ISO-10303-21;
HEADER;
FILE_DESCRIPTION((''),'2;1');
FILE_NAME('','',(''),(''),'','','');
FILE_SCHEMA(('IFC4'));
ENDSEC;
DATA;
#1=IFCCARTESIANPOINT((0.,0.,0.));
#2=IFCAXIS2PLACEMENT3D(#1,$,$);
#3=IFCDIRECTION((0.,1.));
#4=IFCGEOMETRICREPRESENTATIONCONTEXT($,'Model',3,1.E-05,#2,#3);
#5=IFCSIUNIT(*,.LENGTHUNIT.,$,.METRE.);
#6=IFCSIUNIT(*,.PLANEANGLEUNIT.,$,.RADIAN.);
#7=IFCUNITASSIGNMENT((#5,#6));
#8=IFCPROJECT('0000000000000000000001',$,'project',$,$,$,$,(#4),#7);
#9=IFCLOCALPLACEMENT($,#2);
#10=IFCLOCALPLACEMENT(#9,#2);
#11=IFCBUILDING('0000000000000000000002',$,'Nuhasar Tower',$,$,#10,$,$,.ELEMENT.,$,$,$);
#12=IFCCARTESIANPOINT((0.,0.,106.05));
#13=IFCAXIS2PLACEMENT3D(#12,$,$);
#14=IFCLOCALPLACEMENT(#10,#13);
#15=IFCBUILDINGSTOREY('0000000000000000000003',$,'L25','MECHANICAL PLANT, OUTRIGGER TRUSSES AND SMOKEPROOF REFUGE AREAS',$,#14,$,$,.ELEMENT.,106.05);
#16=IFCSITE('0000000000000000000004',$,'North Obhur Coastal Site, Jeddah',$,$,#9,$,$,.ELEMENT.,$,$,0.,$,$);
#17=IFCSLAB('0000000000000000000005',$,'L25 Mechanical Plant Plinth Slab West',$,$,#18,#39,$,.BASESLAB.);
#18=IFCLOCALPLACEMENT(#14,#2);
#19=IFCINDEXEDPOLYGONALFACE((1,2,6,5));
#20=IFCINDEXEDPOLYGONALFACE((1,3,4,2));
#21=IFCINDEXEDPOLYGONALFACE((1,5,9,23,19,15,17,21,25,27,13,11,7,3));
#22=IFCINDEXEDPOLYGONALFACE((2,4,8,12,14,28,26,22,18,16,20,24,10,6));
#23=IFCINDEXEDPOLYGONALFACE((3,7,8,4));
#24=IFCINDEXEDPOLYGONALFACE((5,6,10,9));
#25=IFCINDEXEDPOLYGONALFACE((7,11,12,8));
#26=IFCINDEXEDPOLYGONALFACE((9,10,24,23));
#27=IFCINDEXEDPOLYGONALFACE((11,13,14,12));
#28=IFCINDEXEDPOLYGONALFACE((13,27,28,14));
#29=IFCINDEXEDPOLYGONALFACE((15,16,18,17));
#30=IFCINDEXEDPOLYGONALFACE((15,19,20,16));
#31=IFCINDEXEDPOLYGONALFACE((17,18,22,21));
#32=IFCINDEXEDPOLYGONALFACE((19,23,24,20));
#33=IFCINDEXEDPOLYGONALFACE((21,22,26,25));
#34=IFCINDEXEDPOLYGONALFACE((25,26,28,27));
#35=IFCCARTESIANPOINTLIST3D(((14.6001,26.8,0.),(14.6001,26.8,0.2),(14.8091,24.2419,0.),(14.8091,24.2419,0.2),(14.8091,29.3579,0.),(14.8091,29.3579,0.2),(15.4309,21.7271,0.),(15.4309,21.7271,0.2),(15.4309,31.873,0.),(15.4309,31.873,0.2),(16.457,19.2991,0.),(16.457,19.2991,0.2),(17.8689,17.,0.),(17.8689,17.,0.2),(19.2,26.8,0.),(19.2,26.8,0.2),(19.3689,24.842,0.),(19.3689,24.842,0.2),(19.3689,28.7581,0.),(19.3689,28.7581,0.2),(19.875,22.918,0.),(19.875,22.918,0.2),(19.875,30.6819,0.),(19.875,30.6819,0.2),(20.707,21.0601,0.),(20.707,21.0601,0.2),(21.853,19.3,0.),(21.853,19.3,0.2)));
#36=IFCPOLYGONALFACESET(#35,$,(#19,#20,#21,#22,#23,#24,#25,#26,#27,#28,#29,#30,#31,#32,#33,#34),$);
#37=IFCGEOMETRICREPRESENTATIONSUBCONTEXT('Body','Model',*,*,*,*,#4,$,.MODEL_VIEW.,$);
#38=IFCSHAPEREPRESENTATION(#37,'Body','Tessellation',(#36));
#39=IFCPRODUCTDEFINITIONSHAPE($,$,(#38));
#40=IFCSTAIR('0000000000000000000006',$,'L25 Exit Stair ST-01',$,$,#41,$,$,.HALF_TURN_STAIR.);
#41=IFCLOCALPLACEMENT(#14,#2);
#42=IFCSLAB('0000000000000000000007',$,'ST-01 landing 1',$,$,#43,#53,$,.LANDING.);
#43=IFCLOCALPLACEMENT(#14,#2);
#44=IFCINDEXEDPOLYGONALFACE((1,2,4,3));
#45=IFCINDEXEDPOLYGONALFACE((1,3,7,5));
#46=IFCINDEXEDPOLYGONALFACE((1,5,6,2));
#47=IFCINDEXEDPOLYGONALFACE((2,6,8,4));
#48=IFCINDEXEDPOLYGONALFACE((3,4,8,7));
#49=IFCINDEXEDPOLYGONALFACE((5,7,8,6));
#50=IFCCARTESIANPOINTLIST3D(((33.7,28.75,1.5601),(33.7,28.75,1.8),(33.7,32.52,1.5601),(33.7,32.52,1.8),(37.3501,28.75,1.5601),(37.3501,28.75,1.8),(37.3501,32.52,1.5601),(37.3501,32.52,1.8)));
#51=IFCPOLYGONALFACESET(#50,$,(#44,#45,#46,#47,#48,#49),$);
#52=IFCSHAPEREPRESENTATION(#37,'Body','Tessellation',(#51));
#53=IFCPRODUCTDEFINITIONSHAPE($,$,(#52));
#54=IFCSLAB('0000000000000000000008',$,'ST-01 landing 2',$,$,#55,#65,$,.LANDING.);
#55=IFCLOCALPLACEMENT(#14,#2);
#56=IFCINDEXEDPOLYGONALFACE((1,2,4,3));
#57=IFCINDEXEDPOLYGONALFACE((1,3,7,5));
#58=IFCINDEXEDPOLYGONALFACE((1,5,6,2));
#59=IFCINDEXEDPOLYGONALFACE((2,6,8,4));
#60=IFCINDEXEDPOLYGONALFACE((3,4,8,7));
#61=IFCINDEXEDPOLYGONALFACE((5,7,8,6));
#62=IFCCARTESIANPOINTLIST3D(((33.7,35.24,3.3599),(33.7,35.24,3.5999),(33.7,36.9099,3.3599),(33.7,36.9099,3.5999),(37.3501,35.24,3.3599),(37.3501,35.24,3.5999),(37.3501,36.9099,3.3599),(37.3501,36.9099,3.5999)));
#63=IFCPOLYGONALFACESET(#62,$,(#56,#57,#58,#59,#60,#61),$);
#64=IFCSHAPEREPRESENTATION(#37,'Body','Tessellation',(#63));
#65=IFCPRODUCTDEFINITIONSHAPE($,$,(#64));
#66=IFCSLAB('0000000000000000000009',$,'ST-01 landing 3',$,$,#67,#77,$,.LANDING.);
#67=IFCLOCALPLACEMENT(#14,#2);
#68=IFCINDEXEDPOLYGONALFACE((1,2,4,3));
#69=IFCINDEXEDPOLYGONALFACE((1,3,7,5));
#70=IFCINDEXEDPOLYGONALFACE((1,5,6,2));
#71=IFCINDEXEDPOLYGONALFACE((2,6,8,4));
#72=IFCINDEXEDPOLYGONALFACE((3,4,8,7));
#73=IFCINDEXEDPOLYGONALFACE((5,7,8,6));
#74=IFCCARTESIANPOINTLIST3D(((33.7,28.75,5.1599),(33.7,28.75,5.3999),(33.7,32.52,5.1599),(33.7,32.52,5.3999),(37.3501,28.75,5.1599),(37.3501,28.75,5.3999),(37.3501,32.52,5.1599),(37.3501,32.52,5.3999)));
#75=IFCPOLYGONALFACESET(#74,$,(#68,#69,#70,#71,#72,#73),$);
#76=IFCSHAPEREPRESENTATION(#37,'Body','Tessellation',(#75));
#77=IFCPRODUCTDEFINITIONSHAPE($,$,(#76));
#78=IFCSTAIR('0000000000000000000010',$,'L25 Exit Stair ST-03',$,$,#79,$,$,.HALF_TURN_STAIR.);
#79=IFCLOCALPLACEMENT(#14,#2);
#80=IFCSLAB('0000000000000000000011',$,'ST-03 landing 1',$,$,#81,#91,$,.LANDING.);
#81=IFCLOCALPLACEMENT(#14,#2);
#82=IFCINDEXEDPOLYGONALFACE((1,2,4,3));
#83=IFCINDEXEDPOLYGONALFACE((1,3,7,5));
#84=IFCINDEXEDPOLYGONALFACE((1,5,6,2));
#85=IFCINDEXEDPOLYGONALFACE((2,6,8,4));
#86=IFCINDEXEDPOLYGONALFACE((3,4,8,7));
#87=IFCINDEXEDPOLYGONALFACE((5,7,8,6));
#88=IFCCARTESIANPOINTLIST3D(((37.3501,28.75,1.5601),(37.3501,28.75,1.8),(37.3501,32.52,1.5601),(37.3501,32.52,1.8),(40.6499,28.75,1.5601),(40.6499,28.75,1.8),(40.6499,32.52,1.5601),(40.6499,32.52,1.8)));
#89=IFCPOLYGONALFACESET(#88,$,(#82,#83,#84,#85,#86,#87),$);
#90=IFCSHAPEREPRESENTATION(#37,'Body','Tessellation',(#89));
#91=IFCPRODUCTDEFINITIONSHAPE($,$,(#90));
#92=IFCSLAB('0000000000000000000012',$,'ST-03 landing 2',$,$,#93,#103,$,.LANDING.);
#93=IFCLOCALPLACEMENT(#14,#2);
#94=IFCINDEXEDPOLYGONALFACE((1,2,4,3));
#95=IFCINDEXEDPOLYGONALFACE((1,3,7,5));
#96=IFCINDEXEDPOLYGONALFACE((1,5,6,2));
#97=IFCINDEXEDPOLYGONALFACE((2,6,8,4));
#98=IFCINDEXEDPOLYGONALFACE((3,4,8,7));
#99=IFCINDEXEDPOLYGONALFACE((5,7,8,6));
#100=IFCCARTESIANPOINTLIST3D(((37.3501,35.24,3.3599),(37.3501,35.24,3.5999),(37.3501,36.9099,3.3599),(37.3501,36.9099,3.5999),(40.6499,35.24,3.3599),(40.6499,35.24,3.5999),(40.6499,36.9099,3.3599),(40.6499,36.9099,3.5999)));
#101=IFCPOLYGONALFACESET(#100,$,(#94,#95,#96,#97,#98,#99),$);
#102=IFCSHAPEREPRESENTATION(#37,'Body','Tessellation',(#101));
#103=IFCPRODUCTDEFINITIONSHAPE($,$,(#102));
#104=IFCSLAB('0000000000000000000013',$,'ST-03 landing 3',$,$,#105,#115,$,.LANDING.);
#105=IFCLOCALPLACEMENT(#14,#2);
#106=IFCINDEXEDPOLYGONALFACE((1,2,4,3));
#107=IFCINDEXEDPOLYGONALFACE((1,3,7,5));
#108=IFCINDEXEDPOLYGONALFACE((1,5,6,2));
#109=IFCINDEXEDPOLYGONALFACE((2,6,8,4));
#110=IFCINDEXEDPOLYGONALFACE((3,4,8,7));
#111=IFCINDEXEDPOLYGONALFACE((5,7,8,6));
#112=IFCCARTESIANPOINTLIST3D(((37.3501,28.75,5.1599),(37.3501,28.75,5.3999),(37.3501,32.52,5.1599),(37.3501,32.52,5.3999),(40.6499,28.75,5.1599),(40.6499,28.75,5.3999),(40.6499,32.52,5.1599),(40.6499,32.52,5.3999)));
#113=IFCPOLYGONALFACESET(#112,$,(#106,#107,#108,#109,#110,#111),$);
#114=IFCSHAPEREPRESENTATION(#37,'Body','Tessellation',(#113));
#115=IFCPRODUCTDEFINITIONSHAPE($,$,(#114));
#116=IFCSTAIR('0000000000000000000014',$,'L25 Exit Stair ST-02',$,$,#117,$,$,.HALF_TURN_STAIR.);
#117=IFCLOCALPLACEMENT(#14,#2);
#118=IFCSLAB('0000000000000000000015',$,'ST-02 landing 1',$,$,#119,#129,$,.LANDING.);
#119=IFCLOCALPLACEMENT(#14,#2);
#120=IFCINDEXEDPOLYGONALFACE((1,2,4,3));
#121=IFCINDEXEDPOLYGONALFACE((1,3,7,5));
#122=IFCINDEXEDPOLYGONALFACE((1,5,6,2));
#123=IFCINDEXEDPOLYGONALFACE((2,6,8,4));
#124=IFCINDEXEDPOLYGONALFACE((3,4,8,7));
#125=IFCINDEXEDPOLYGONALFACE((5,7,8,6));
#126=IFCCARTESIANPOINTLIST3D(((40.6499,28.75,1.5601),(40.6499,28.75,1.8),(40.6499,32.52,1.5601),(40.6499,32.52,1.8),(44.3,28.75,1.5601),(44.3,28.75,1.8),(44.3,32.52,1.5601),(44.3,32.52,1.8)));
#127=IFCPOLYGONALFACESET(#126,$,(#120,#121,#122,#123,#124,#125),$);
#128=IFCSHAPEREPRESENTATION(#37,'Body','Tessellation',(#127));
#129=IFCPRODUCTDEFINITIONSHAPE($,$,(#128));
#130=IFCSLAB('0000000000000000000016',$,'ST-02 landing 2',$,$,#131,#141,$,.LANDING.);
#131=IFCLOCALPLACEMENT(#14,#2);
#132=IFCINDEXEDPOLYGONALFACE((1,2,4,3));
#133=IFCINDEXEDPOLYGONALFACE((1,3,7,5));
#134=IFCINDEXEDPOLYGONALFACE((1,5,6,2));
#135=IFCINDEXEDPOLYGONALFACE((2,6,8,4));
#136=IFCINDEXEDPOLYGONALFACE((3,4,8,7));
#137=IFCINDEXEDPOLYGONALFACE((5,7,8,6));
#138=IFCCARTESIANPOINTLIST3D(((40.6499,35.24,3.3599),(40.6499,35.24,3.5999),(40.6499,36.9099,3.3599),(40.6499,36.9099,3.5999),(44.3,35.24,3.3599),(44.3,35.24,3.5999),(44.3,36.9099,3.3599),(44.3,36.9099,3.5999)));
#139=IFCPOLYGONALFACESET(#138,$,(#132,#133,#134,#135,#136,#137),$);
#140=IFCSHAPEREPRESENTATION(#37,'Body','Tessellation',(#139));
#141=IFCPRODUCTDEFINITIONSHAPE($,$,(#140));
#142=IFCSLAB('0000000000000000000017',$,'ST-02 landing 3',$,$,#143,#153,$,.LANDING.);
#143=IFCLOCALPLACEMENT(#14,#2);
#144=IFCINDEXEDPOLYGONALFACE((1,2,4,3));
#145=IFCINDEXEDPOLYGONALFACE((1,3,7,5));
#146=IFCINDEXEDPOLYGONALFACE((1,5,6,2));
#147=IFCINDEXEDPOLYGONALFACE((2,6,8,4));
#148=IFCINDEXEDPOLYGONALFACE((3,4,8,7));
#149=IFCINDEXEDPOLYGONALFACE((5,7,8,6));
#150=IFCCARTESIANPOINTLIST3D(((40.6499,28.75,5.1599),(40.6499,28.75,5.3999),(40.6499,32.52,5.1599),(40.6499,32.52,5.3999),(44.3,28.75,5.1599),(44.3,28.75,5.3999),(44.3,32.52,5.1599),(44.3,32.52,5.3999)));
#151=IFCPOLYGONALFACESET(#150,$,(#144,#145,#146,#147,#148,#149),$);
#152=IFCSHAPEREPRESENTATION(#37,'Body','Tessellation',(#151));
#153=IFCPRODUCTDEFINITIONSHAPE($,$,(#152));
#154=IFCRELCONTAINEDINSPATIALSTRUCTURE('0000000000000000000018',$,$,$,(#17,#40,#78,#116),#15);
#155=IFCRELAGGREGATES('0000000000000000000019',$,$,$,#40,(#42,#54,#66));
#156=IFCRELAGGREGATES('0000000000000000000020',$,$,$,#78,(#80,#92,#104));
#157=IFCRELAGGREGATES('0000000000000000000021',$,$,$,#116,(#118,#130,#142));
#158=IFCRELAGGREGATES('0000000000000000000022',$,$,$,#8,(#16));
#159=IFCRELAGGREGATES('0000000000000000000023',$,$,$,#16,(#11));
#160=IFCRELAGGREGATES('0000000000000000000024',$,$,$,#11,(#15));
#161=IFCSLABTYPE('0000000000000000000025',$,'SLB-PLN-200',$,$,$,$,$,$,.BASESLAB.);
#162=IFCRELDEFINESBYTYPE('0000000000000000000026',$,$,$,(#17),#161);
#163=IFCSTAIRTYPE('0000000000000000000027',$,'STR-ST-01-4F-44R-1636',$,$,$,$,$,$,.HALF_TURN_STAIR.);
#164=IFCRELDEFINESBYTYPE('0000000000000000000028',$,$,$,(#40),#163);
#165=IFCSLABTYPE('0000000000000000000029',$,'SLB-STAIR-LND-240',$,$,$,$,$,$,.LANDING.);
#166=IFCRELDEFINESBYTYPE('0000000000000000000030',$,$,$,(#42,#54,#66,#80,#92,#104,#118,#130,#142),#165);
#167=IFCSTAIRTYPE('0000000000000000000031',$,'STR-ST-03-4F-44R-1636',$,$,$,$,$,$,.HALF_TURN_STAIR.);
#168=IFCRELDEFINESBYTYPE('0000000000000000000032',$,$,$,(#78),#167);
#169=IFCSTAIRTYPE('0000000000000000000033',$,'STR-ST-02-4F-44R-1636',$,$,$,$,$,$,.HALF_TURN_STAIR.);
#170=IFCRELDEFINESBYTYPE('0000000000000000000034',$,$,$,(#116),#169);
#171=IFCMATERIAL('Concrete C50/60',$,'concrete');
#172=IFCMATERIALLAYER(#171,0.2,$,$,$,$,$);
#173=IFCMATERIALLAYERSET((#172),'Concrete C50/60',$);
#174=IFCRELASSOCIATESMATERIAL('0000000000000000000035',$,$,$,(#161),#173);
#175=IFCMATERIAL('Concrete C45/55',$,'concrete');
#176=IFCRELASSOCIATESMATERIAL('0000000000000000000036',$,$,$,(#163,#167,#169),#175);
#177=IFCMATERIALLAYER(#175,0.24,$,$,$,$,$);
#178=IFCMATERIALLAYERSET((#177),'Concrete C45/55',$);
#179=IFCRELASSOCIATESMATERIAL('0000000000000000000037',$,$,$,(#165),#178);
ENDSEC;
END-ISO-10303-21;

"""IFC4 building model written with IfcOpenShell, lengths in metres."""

from ifc_helpers import new_model, si_unit, direction, frame, origin, place, context, subcontext, project, spatial, polyline, outline, extrude, material, layer, layer_set, type_object, element, aggregate, save


model = new_model("IFC4")

# Units and contexts
model_context = context("Model", 3, precision=1e-05, world=origin(), true_north=direction((0.0, 1.0)))
body_context = subcontext(model_context, "Body", "Model", "MODEL_VIEW")
ifc_project = project(units=[si_unit("LENGTHUNIT", "METRE"), si_unit("PLANEANGLEUNIT", "RADIAN")], contexts=[model_context])

# Site, building, storey
site_placement = place(None, origin())
site = spatial("IfcSite", under=ifc_project, at=site_placement, Name="North Obhur Coastal Site, Jeddah", CompositionType="ELEMENT", RefElevation=0.0)
building_placement = place(site_placement, origin())
building = spatial("IfcBuilding", under=site, at=building_placement, Name="Nuhasar Tower", CompositionType="ELEMENT")
storey_placement = place(building_placement, frame((0.0, 0.0, 106.05)))
storey = spatial("IfcBuildingStorey", under=building, at=storey_placement, Name="L25", Description="MECHANICAL PLANT, OUTRIGGER TRUSSES AND SMOKEPROOF REFUGE AREAS", CompositionType="ELEMENT", Elevation=106.05)

# Slab
ifc_material_1 = material(Name="Concrete C50/60", Category="concrete")
ifc_layer_1 = layer(ifc_material_1, 0.2)
ifc_layer_set_1 = layer_set([ifc_layer_1], Name="Concrete C50/60")
slab_type_1 = type_object("IfcSlabType", Name="SLB-PLN-200", PredefinedType="BASESLAB", material=ifc_layer_set_1)
slab_1_placement = place(storey_placement, origin())
element("IfcSlab", 1, at=slab_1_placement, inside=storey, type_object=slab_type_1, Name="L25 Mechanical Plant Plinth Slab West", PredefinedType="BASESLAB", context=body_context, shape_type="SweptSolid", body=[
    extrude(outline(polyline([(15.4309, 31.873), (14.8091, 29.3579), (14.6001, 26.8), (14.8091, 24.2419), (15.4309, 21.7271), (16.457, 19.2991), (17.8689, 17.0), (21.853, 19.3), (20.707, 21.0601), (19.875, 22.918), (19.3689, 24.842), (19.2, 26.8), (19.3689, 28.7581), (19.875, 30.6819), (15.4309, 31.873)])), origin(), (0.0, 0.0, 1.0), 0.2),
])

# Stairs, slabs
ifc_material_2 = material(Name="Concrete C45/55", Category="concrete")
stair_type_1 = type_object("IfcStairType", Name="STR-ST-01-4F-44R-1636", PredefinedType="HALF_TURN_STAIR", material=ifc_material_2)
stair_1_placement = place(storey_placement, origin())
stair_1 = element("IfcStair", 2, at=stair_1_placement, inside=storey, type_object=stair_type_1, Name="L25 Exit Stair ST-01", PredefinedType="HALF_TURN_STAIR")
ifc_layer_2 = layer(ifc_material_2, 0.24)
ifc_layer_set_2 = layer_set([ifc_layer_2], Name="Concrete C45/55")
slab_type_2 = type_object("IfcSlabType", Name="SLB-STAIR-LND-240", PredefinedType="LANDING", material=ifc_layer_set_2)
slab_2_placement = place(storey_placement, frame((0.0, 0.0, 1.5601)))
slab_2 = element("IfcSlab", 3, at=slab_2_placement, type_object=slab_type_2, Name="ST-01 landing 1", PredefinedType="LANDING", context=body_context, shape_type="SweptSolid", body=[
    extrude(outline(polyline([(33.7, 28.75), (37.3501, 28.75), (37.3501, 32.52), (33.7, 32.52), (33.7, 28.75)])), origin(), (0.0, 0.0, 1.0), 0.24),
])
slab_3_placement = place(storey_placement, frame((0.0, 0.0, 3.3599)))
slab_3 = element("IfcSlab", 4, at=slab_3_placement, type_object=slab_type_2, Name="ST-01 landing 2", PredefinedType="LANDING", context=body_context, shape_type="SweptSolid", body=[
    extrude(outline(polyline([(33.7, 35.24), (37.3501, 35.24), (37.3501, 36.9099), (33.7, 36.9099), (33.7, 35.24)])), origin(), (0.0, 0.0, 1.0), 0.24),
])
slab_4_placement = place(storey_placement, frame((0.0, 0.0, 5.1599)))
slab_4 = element("IfcSlab", 5, at=slab_4_placement, type_object=slab_type_2, Name="ST-01 landing 3", PredefinedType="LANDING", context=body_context, shape_type="SweptSolid", body=[
    extrude(outline(polyline([(33.7, 28.75), (37.3501, 28.75), (37.3501, 32.52), (33.7, 32.52), (33.7, 28.75)])), origin(), (0.0, 0.0, 1.0), 0.24),
])
aggregate(stair_1, [slab_2, slab_3, slab_4])
stair_type_2 = type_object("IfcStairType", Name="STR-ST-03-4F-44R-1636", PredefinedType="HALF_TURN_STAIR", material=ifc_material_2)
stair_2_placement = place(storey_placement, origin())
stair_2 = element("IfcStair", 6, at=stair_2_placement, inside=storey, type_object=stair_type_2, Name="L25 Exit Stair ST-03", PredefinedType="HALF_TURN_STAIR")
slab_5_placement = place(storey_placement, frame((0.0, 0.0, 1.5601)))
slab_5 = element("IfcSlab", 7, at=slab_5_placement, type_object=slab_type_2, Name="ST-03 landing 1", PredefinedType="LANDING", context=body_context, shape_type="SweptSolid", body=[
    extrude(outline(polyline([(37.3501, 28.75), (40.6499, 28.75), (40.6499, 32.52), (37.3501, 32.52), (37.3501, 28.75)])), origin(), (0.0, 0.0, 1.0), 0.24),
])
slab_6_placement = place(storey_placement, frame((0.0, 0.0, 3.3599)))
slab_6 = element("IfcSlab", 8, at=slab_6_placement, type_object=slab_type_2, Name="ST-03 landing 2", PredefinedType="LANDING", context=body_context, shape_type="SweptSolid", body=[
    extrude(outline(polyline([(37.3501, 35.24), (40.6499, 35.24), (40.6499, 36.9099), (37.3501, 36.9099), (37.3501, 35.24)])), origin(), (0.0, 0.0, 1.0), 0.24),
])
slab_7_placement = place(storey_placement, frame((0.0, 0.0, 5.1599)))
slab_7 = element("IfcSlab", 9, at=slab_7_placement, type_object=slab_type_2, Name="ST-03 landing 3", PredefinedType="LANDING", context=body_context, shape_type="SweptSolid", body=[
    extrude(outline(polyline([(37.3501, 28.75), (40.6499, 28.75), (40.6499, 32.52), (37.3501, 32.52), (37.3501, 28.75)])), origin(), (0.0, 0.0, 1.0), 0.24),
])
aggregate(stair_2, [slab_5, slab_6, slab_7])
stair_type_3 = type_object("IfcStairType", Name="STR-ST-02-4F-44R-1636", PredefinedType="HALF_TURN_STAIR", material=ifc_material_2)
stair_3_placement = place(storey_placement, origin())
stair_3 = element("IfcStair", 10, at=stair_3_placement, inside=storey, type_object=stair_type_3, Name="L25 Exit Stair ST-02", PredefinedType="HALF_TURN_STAIR")
slab_8_placement = place(storey_placement, frame((0.0, 0.0, 1.5601)))
slab_8 = element("IfcSlab", 11, at=slab_8_placement, type_object=slab_type_2, Name="ST-02 landing 1", PredefinedType="LANDING", context=body_context, shape_type="SweptSolid", body=[
    extrude(outline(polyline([(40.6499, 28.75), (44.3, 28.75), (44.3, 32.52), (40.6499, 32.52), (40.6499, 28.75)])), origin(), (0.0, 0.0, 1.0), 0.24),
])
slab_9_placement = place(storey_placement, frame((0.0, 0.0, 3.3599)))
slab_9 = element("IfcSlab", 12, at=slab_9_placement, type_object=slab_type_2, Name="ST-02 landing 2", PredefinedType="LANDING", context=body_context, shape_type="SweptSolid", body=[
    extrude(outline(polyline([(40.6499, 35.24), (44.3, 35.24), (44.3, 36.9099), (40.6499, 36.9099), (40.6499, 35.24)])), origin(), (0.0, 0.0, 1.0), 0.24),
])
slab_10_placement = place(storey_placement, frame((0.0, 0.0, 5.1599)))
slab_10 = element("IfcSlab", 13, at=slab_10_placement, type_object=slab_type_2, Name="ST-02 landing 3", PredefinedType="LANDING", context=body_context, shape_type="SweptSolid", body=[
    extrude(outline(polyline([(40.6499, 28.75), (44.3, 28.75), (44.3, 32.52), (40.6499, 32.52), (40.6499, 28.75)])), origin(), (0.0, 0.0, 1.0), 0.24),
])
aggregate(stair_3, [slab_8, slab_9, slab_10])

save(model, "model.ifc")
